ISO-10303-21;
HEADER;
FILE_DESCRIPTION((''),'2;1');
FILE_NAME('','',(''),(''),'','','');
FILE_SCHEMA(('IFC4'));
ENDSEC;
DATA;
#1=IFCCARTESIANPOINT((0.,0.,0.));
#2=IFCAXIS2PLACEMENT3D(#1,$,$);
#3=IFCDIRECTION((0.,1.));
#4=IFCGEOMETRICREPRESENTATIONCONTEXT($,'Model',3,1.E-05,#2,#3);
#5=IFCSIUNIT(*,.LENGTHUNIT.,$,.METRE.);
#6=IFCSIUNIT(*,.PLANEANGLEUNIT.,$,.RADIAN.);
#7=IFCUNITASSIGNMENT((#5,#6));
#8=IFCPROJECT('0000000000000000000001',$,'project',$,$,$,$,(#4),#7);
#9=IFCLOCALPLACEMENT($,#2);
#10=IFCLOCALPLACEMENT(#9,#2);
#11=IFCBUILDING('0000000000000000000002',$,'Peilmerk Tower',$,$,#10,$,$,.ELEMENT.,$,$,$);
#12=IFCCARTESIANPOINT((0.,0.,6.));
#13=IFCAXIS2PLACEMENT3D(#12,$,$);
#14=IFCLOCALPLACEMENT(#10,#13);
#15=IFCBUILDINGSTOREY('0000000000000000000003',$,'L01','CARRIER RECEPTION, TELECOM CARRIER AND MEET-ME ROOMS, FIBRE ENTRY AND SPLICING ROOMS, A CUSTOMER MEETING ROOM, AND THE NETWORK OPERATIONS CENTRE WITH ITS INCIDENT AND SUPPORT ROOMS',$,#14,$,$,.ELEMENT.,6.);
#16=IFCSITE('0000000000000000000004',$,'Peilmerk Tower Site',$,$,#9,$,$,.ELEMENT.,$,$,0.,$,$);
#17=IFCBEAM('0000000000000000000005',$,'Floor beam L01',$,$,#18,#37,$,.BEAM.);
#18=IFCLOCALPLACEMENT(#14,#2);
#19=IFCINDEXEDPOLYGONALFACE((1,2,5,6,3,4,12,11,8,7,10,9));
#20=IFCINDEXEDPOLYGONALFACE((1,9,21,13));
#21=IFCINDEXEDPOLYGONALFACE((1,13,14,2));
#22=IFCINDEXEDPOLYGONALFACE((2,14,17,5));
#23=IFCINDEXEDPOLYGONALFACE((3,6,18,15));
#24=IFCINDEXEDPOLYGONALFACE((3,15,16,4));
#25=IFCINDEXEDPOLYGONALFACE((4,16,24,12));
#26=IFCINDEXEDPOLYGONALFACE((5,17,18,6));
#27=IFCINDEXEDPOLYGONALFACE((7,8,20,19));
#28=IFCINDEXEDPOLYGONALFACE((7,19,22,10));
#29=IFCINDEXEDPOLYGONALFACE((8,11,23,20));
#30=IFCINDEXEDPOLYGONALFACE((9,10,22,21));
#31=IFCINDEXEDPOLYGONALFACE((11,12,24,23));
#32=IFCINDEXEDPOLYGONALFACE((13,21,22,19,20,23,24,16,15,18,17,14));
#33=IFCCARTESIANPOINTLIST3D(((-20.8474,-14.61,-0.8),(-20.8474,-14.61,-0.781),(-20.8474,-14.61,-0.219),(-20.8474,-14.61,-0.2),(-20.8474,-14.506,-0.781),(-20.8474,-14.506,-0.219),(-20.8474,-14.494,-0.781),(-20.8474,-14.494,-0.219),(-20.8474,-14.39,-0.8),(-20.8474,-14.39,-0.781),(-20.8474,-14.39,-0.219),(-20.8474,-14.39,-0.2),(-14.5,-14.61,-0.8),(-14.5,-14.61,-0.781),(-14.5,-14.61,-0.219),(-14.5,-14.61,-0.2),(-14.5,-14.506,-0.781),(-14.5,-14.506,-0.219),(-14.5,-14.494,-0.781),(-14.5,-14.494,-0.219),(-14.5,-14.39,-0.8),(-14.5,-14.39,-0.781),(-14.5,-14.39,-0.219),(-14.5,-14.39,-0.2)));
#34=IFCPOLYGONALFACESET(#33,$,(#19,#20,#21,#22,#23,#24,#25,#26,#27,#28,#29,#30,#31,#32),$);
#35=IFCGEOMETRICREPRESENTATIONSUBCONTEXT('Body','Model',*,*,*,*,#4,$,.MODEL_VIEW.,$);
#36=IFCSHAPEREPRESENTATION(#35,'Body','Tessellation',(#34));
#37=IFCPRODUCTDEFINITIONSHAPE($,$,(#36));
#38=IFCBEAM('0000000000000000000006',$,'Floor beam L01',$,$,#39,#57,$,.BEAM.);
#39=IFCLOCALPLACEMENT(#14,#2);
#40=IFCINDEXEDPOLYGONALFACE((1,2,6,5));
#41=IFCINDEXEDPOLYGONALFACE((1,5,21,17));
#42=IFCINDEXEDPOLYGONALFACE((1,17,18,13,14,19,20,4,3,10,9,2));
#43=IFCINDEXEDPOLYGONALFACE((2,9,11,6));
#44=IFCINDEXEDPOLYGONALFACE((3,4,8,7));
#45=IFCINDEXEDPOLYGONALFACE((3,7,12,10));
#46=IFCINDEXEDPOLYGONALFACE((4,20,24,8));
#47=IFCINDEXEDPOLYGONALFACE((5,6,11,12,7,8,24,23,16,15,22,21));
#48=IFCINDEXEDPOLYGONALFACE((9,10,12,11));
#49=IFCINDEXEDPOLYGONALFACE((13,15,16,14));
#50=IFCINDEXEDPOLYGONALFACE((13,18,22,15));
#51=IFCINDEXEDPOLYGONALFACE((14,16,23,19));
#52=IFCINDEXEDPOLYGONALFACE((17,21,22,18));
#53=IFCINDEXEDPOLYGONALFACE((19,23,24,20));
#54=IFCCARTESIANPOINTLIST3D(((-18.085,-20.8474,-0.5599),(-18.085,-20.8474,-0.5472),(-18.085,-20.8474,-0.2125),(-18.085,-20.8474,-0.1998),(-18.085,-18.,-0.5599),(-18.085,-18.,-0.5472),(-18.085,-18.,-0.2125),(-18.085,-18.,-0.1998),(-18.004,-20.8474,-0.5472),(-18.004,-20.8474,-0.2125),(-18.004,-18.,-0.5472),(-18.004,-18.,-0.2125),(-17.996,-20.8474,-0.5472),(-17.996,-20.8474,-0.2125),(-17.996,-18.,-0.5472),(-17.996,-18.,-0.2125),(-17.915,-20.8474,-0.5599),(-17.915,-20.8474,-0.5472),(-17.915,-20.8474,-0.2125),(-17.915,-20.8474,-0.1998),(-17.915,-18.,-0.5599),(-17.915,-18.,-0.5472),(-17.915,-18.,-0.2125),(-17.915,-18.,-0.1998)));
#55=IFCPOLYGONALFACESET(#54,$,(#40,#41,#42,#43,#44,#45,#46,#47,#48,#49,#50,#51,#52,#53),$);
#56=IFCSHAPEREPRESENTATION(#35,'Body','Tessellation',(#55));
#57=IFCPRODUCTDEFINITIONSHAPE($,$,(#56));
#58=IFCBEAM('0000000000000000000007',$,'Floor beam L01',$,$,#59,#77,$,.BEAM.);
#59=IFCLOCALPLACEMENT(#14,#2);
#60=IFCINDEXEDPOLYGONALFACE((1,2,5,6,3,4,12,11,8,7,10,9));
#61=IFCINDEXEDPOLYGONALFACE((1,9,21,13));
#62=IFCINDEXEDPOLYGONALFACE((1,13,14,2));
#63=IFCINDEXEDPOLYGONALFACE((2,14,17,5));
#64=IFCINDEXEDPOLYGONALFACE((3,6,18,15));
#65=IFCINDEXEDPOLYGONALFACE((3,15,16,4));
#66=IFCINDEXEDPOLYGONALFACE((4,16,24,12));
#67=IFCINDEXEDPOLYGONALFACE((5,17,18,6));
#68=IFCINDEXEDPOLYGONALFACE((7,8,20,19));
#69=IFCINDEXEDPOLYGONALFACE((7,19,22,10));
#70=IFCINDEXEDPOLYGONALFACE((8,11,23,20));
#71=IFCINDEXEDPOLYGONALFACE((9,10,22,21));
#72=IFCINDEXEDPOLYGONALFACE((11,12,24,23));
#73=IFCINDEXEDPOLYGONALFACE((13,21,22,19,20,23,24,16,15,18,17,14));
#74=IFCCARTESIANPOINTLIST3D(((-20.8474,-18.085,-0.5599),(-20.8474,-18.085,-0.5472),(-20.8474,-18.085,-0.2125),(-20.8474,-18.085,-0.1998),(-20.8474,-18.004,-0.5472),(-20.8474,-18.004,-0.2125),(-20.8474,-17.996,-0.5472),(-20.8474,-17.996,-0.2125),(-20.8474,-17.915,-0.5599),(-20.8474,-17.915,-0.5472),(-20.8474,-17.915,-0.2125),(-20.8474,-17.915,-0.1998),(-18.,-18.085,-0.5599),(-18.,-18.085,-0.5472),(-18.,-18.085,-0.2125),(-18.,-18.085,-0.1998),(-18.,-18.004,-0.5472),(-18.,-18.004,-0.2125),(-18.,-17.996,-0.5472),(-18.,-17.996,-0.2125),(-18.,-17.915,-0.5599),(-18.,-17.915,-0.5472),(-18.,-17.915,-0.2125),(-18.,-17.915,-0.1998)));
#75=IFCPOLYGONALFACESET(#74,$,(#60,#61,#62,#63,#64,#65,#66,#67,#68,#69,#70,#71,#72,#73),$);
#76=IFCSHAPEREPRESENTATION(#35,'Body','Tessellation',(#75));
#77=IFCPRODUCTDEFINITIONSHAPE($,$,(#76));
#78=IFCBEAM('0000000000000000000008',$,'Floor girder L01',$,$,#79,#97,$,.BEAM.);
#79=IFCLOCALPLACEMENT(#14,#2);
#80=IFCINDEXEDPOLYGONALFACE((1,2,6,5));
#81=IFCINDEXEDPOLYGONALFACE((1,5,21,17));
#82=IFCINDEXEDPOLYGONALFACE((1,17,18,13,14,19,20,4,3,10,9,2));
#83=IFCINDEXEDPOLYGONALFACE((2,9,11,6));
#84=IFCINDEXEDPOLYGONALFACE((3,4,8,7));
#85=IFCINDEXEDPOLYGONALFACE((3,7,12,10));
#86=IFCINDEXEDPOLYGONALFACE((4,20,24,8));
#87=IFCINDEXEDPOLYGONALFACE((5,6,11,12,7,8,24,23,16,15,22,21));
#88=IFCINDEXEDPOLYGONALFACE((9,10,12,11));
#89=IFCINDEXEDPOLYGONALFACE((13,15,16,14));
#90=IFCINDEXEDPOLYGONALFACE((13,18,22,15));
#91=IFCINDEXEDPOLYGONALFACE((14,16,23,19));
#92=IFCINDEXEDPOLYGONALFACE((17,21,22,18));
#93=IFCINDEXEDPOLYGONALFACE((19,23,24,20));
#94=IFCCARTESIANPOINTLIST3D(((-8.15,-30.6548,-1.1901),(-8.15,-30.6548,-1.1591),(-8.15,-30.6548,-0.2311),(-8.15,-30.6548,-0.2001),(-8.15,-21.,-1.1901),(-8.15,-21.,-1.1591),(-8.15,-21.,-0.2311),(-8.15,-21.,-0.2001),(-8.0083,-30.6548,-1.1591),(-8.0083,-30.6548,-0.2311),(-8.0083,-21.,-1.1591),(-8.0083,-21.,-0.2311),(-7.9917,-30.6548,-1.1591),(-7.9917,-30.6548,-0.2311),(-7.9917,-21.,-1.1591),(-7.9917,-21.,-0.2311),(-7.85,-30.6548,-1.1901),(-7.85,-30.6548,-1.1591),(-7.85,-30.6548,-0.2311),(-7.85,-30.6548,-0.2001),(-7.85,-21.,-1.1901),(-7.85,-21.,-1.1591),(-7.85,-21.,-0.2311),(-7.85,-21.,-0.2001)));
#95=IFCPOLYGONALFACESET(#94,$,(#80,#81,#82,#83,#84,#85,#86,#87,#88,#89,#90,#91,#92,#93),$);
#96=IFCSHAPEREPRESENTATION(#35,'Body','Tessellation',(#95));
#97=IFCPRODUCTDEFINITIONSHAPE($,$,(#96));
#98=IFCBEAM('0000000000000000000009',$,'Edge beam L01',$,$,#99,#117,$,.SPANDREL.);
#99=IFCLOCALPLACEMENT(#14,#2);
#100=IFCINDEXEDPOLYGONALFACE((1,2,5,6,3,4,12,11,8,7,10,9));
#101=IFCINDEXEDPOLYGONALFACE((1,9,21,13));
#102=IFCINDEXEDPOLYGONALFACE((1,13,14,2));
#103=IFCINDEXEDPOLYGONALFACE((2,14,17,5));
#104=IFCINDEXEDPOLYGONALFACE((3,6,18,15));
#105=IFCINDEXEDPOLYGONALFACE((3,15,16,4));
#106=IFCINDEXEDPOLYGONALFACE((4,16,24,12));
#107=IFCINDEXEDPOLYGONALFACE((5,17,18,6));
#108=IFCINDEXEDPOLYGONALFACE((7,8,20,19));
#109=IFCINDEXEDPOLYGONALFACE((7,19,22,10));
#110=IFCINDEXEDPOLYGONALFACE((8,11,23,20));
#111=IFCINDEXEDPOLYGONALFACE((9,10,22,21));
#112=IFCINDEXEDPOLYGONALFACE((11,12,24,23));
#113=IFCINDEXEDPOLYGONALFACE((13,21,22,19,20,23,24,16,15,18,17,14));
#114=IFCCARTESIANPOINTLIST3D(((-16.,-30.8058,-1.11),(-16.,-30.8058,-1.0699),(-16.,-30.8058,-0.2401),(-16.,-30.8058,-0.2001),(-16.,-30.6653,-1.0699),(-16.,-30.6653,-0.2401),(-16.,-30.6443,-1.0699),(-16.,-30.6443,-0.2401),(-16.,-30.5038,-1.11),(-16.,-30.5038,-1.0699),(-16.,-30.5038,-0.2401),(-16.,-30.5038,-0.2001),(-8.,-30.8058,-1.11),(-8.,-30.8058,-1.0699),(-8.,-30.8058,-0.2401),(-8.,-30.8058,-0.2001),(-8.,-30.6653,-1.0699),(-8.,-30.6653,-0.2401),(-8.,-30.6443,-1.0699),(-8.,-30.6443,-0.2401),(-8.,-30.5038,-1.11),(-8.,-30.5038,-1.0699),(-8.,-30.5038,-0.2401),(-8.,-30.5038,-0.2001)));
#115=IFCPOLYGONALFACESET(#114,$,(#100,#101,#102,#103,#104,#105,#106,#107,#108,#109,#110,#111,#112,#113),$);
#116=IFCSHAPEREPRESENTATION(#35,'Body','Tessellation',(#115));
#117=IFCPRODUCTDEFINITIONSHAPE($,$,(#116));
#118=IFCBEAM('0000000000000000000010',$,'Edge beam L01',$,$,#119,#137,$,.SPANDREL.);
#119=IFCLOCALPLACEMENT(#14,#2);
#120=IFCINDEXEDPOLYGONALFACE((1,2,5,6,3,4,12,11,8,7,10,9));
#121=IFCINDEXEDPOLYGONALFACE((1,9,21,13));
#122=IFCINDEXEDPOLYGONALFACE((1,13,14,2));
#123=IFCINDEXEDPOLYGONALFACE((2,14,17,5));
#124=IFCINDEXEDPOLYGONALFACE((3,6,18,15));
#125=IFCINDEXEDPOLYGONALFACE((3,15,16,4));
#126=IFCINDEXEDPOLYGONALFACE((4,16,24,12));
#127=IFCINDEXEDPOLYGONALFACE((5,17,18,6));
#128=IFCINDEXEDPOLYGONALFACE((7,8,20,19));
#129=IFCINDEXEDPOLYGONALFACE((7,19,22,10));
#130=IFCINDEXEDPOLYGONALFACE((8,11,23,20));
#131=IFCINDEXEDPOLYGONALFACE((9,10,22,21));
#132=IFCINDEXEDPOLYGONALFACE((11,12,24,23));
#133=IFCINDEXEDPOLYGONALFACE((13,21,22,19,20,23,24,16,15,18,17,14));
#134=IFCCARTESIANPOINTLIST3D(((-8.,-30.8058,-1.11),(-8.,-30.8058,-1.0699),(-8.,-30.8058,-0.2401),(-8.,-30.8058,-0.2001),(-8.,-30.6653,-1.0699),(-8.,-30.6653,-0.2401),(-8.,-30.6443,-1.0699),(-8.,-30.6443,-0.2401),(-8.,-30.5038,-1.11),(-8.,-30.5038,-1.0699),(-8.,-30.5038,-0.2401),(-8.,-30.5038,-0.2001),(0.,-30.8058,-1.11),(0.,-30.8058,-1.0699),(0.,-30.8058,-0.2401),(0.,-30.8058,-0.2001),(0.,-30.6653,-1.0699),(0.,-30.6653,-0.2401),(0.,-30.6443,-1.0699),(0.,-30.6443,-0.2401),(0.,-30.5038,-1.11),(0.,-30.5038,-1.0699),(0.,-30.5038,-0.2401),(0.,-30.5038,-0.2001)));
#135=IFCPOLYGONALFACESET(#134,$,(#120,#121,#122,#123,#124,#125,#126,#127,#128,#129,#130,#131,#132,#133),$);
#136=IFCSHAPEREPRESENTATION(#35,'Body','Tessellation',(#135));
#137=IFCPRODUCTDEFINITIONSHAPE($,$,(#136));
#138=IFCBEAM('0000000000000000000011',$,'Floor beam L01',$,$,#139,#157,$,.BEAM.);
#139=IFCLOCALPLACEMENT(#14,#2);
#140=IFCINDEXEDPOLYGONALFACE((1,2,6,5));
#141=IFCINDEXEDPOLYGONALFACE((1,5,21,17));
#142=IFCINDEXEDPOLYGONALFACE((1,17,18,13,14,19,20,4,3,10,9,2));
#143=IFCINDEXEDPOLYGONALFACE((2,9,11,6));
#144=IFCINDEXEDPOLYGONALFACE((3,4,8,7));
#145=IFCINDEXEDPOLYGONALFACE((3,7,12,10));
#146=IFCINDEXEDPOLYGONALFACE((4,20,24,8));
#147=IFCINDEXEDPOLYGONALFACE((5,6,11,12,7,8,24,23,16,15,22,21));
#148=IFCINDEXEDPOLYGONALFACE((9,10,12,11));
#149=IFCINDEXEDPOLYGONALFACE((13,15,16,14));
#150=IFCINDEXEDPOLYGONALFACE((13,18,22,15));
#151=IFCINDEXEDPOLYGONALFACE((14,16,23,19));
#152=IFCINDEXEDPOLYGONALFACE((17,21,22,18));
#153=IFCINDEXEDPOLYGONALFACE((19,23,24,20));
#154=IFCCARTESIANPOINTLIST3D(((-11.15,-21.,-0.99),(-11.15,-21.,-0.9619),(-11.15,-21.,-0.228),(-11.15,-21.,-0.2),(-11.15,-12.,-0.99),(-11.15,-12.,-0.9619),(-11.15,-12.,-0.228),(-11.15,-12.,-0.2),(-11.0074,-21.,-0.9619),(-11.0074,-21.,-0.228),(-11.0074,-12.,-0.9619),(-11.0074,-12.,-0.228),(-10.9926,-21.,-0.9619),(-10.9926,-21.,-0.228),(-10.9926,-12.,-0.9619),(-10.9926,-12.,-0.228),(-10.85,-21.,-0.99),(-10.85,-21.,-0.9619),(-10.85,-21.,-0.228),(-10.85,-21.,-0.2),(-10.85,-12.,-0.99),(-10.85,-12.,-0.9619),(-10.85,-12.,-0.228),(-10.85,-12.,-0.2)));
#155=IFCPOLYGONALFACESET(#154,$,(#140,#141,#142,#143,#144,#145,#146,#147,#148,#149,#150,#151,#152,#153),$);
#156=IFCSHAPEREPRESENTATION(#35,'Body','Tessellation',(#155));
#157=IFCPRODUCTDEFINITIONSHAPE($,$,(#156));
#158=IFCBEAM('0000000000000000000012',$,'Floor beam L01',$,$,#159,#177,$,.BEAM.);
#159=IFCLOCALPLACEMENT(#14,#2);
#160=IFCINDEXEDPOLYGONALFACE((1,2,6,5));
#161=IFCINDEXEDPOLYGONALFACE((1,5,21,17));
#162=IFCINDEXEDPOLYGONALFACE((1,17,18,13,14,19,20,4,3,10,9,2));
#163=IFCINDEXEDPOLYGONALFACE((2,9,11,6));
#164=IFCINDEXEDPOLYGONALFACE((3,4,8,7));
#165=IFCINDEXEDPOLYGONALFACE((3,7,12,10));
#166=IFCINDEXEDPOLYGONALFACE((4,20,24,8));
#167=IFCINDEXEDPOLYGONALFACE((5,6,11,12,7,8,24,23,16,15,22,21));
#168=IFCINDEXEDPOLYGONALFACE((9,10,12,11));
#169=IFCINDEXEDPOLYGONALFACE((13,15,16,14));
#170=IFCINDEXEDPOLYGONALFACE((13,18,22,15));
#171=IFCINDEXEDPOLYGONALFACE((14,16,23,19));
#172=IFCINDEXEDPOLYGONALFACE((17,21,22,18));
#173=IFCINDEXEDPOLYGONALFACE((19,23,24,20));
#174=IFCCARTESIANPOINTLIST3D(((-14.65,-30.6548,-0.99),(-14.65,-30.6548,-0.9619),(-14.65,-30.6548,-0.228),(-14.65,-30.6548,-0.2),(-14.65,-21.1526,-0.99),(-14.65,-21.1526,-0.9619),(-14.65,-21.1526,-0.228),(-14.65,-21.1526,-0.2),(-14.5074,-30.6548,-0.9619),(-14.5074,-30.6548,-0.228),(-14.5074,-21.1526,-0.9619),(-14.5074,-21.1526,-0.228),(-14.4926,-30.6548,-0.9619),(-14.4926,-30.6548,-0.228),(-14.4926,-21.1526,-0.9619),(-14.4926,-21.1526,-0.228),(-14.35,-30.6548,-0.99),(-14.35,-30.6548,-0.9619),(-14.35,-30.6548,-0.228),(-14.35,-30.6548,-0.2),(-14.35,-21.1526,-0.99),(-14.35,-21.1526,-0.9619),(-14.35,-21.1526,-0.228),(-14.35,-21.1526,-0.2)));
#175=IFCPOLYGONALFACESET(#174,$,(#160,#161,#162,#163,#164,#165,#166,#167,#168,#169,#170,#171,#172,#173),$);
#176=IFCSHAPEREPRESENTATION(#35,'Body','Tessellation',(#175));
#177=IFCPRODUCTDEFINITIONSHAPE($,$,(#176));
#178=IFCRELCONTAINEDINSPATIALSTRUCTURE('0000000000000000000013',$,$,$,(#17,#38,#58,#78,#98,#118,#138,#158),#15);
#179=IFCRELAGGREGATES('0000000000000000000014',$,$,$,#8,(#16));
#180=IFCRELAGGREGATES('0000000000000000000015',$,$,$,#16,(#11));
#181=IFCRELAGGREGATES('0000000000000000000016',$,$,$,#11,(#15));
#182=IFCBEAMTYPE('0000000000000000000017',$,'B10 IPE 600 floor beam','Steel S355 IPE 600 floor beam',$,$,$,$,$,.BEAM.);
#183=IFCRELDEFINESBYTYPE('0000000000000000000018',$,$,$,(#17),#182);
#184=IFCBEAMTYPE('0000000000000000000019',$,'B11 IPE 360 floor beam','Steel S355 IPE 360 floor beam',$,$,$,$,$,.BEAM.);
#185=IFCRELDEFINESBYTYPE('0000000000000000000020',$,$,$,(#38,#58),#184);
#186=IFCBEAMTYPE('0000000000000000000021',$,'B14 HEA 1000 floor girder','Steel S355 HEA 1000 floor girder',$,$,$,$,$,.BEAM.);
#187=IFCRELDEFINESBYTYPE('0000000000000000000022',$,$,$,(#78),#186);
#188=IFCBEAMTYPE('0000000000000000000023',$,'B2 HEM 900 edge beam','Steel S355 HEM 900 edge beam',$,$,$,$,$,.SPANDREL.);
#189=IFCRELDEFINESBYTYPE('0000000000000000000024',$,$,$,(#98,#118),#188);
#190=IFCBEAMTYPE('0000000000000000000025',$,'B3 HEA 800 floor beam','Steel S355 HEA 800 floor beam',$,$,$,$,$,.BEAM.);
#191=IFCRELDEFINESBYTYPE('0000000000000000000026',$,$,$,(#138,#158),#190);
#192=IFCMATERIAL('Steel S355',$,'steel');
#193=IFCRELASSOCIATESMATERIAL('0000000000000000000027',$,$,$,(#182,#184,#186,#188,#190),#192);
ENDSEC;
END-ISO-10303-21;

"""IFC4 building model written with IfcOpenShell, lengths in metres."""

from ifc_helpers import new_model, si_unit, direction, frame, origin, origin_2d, place, context, subcontext, project, spatial, i_section, extrude, material, material_profile, profile_set, type_object, element, save


model = new_model("IFC4")

# Units and contexts
model_context = context("Model", 3, precision=1e-05, world=origin(), true_north=direction((0.0, 1.0)))
body_context = subcontext(model_context, "Body", "Model", "MODEL_VIEW")
ifc_project = project(units=[si_unit("LENGTHUNIT", "METRE"), si_unit("PLANEANGLEUNIT", "RADIAN")], contexts=[model_context])

# Site, building, storey
site_placement = place(None, origin())
site = spatial("IfcSite", under=ifc_project, at=site_placement, Name="Peilmerk Tower Site", CompositionType="ELEMENT", RefElevation=0.0)
building_placement = place(site_placement, origin())
building = spatial("IfcBuilding", under=site, at=building_placement, Name="Peilmerk Tower", CompositionType="ELEMENT")
storey_placement = place(building_placement, frame((0.0, 0.0, 6.0)))
storey = spatial("IfcBuildingStorey", under=building, at=storey_placement, Name="L01", Description="CARRIER RECEPTION, TELECOM CARRIER AND MEET-ME ROOMS, FIBRE ENTRY AND SPLICING ROOMS, A CUSTOMER MEETING ROOM, AND THE NETWORK OPERATIONS CENTRE WITH ITS INCIDENT AND SUPPORT ROOMS", CompositionType="ELEMENT", Elevation=6.0)

# Beams
ifc_material_1 = material(Name="Steel S355", Category="steel")
ifc_material_profile_1 = material_profile(ifc_material_1, i_section(OverallWidth=0.22, OverallDepth=0.6001, WebThickness=0.012, FlangeThickness=0.019, at=origin_2d()), Name="IPE 600")
ifc_profile_set_1 = profile_set([ifc_material_profile_1], Name="Steel S355")
beam_type_1 = type_object("IfcBeamType", Name="B10 IPE 600 floor beam", Description="Steel S355 IPE 600 floor beam", PredefinedType="BEAM", material=ifc_profile_set_1)
for number, where, z_axis, x_axis, name in (
    (1, (-14.5, -14.5, -0.5), (-1.0, 0.0, 0.0), (0.0, -1.0, 0.0), "Floor beam L01"),
):
    element("IfcBeam", number, at=place(storey_placement, frame(where, z_axis=z_axis, x_axis=x_axis)), inside=storey, type_object=beam_type_1, Name=name, PredefinedType="BEAM", context=body_context, shape_type="SweptSolid", body=[
        extrude(i_section(OverallWidth=0.22, OverallDepth=0.6001, WebThickness=0.012, FlangeThickness=0.019, at=origin_2d()), origin(), (0.0, 0.0, 1.0), 6.3474),
    ])
ifc_material_profile_2 = material_profile(ifc_material_1, i_section(OverallWidth=0.1699, OverallDepth=0.3601, WebThickness=0.0081, FlangeThickness=0.0127, at=origin_2d()), Name="IPE 360")
ifc_profile_set_2 = profile_set([ifc_material_profile_2], Name="Steel S355")
beam_type_2 = type_object("IfcBeamType", Name="B11 IPE 360 floor beam", Description="Steel S355 IPE 360 floor beam", PredefinedType="BEAM", material=ifc_profile_set_2)
for number, where, z_axis, x_axis, name in (
    (2, (-18.0, -18.0, -0.3799), (0.0, -1.0, 0.0), (1.0, 0.0, 0.0), "Floor beam L01"),
    (3, (-18.0, -18.0, -0.3799), (-1.0, 0.0, 0.0), (0.0, -1.0, 0.0), "Floor beam L01"),
):
    element("IfcBeam", number, at=place(storey_placement, frame(where, z_axis=z_axis, x_axis=x_axis)), inside=storey, type_object=beam_type_2, Name=name, PredefinedType="BEAM", context=body_context, shape_type="SweptSolid", body=[
        extrude(i_section(OverallWidth=0.1699, OverallDepth=0.3601, WebThickness=0.0081, FlangeThickness=0.0127, at=origin_2d()), origin(), (0.0, 0.0, 1.0), 2.8474),
    ])
ifc_material_profile_3 = material_profile(ifc_material_1, i_section(OverallWidth=0.3, OverallDepth=0.99, WebThickness=0.0166, FlangeThickness=0.031, at=origin_2d()), Name="HEA 1000")
ifc_profile_set_3 = profile_set([ifc_material_profile_3], Name="Steel S355")
beam_type_3 = type_object("IfcBeamType", Name="B14 HEA 1000 floor girder", Description="Steel S355 HEA 1000 floor girder", PredefinedType="BEAM", material=ifc_profile_set_3)
beam_1_placement = place(storey_placement, frame((-8.0, -21.0, -0.6951), z_axis=(0.0, -1.0, 0.0), x_axis=(1.0, 0.0, 0.0)))
element("IfcBeam", 4, at=beam_1_placement, inside=storey, type_object=beam_type_3, Name="Floor girder L01", PredefinedType="BEAM", context=body_context, shape_type="SweptSolid", body=[
    extrude(i_section(OverallWidth=0.3, OverallDepth=0.99, WebThickness=0.0166, FlangeThickness=0.031, at=origin_2d()), origin(), (0.0, 0.0, 1.0), 9.6548),
])
ifc_material_profile_4 = material_profile(ifc_material_1, i_section(OverallWidth=0.302, OverallDepth=0.9099, WebThickness=0.021, FlangeThickness=0.04, at=origin_2d()), Name="HEM 900")
ifc_profile_set_4 = profile_set([ifc_material_profile_4], Name="Steel S355")
beam_type_4 = type_object("IfcBeamType", Name="B2 HEM 900 edge beam", Description="Steel S355 HEM 900 edge beam", PredefinedType="SPANDREL", material=ifc_profile_set_4)
for number, where, z_axis, x_axis, name in (
    (5, (-16.0, -30.6548, -0.655), (1.0, 0.0, 0.0), (0.0, 1.0, 0.0), "Edge beam L01"),
    (6, (-8.0, -30.6548, -0.655), (1.0, 0.0, 0.0), (0.0, 1.0, 0.0), "Edge beam L01"),
):
    element("IfcBeam", number, at=place(storey_placement, frame(where, z_axis=z_axis, x_axis=x_axis)), inside=storey, type_object=beam_type_4, Name=name, PredefinedType="SPANDREL", context=body_context, shape_type="SweptSolid", body=[
        extrude(i_section(OverallWidth=0.302, OverallDepth=0.9099, WebThickness=0.021, FlangeThickness=0.04, at=origin_2d()), origin(), (0.0, 0.0, 1.0), 8.0),
    ])
ifc_material_profile_5 = material_profile(ifc_material_1, i_section(OverallWidth=0.3, OverallDepth=0.79, WebThickness=0.0149, FlangeThickness=0.0281, at=origin_2d()), Name="HEA 800")
ifc_profile_set_5 = profile_set([ifc_material_profile_5], Name="Steel S355")
beam_type_5 = type_object("IfcBeamType", Name="B3 HEA 800 floor beam", Description="Steel S355 HEA 800 floor beam", PredefinedType="BEAM", material=ifc_profile_set_5)
beam_2_placement = place(storey_placement, frame((-11.0, -12.0, -0.595), z_axis=(0.0, -1.0, 0.0), x_axis=(1.0, 0.0, 0.0)))
element("IfcBeam", 7, at=beam_2_placement, inside=storey, type_object=beam_type_5, Name="Floor beam L01", PredefinedType="BEAM", context=body_context, shape_type="SweptSolid", body=[
    extrude(i_section(OverallWidth=0.3, OverallDepth=0.79, WebThickness=0.0149, FlangeThickness=0.0281, at=origin_2d()), origin(), (0.0, 0.0, 1.0), 9.0),
])
for number, where, z_axis, x_axis, name in (
    (8, (-14.5, -21.1526, -0.595), (0.0, -1.0, 0.0), (1.0, 0.0, 0.0), "Floor beam L01"),
):
    element("IfcBeam", number, at=place(storey_placement, frame(where, z_axis=z_axis, x_axis=x_axis)), inside=storey, type_object=beam_type_5, Name=name, PredefinedType="BEAM", context=body_context, shape_type="SweptSolid", body=[
        extrude(i_section(OverallWidth=0.3, OverallDepth=0.79, WebThickness=0.0149, FlangeThickness=0.0281, at=origin_2d()), origin(), (0.0, 0.0, 1.0), 9.5022),
    ])

save(model, "model.ifc")
